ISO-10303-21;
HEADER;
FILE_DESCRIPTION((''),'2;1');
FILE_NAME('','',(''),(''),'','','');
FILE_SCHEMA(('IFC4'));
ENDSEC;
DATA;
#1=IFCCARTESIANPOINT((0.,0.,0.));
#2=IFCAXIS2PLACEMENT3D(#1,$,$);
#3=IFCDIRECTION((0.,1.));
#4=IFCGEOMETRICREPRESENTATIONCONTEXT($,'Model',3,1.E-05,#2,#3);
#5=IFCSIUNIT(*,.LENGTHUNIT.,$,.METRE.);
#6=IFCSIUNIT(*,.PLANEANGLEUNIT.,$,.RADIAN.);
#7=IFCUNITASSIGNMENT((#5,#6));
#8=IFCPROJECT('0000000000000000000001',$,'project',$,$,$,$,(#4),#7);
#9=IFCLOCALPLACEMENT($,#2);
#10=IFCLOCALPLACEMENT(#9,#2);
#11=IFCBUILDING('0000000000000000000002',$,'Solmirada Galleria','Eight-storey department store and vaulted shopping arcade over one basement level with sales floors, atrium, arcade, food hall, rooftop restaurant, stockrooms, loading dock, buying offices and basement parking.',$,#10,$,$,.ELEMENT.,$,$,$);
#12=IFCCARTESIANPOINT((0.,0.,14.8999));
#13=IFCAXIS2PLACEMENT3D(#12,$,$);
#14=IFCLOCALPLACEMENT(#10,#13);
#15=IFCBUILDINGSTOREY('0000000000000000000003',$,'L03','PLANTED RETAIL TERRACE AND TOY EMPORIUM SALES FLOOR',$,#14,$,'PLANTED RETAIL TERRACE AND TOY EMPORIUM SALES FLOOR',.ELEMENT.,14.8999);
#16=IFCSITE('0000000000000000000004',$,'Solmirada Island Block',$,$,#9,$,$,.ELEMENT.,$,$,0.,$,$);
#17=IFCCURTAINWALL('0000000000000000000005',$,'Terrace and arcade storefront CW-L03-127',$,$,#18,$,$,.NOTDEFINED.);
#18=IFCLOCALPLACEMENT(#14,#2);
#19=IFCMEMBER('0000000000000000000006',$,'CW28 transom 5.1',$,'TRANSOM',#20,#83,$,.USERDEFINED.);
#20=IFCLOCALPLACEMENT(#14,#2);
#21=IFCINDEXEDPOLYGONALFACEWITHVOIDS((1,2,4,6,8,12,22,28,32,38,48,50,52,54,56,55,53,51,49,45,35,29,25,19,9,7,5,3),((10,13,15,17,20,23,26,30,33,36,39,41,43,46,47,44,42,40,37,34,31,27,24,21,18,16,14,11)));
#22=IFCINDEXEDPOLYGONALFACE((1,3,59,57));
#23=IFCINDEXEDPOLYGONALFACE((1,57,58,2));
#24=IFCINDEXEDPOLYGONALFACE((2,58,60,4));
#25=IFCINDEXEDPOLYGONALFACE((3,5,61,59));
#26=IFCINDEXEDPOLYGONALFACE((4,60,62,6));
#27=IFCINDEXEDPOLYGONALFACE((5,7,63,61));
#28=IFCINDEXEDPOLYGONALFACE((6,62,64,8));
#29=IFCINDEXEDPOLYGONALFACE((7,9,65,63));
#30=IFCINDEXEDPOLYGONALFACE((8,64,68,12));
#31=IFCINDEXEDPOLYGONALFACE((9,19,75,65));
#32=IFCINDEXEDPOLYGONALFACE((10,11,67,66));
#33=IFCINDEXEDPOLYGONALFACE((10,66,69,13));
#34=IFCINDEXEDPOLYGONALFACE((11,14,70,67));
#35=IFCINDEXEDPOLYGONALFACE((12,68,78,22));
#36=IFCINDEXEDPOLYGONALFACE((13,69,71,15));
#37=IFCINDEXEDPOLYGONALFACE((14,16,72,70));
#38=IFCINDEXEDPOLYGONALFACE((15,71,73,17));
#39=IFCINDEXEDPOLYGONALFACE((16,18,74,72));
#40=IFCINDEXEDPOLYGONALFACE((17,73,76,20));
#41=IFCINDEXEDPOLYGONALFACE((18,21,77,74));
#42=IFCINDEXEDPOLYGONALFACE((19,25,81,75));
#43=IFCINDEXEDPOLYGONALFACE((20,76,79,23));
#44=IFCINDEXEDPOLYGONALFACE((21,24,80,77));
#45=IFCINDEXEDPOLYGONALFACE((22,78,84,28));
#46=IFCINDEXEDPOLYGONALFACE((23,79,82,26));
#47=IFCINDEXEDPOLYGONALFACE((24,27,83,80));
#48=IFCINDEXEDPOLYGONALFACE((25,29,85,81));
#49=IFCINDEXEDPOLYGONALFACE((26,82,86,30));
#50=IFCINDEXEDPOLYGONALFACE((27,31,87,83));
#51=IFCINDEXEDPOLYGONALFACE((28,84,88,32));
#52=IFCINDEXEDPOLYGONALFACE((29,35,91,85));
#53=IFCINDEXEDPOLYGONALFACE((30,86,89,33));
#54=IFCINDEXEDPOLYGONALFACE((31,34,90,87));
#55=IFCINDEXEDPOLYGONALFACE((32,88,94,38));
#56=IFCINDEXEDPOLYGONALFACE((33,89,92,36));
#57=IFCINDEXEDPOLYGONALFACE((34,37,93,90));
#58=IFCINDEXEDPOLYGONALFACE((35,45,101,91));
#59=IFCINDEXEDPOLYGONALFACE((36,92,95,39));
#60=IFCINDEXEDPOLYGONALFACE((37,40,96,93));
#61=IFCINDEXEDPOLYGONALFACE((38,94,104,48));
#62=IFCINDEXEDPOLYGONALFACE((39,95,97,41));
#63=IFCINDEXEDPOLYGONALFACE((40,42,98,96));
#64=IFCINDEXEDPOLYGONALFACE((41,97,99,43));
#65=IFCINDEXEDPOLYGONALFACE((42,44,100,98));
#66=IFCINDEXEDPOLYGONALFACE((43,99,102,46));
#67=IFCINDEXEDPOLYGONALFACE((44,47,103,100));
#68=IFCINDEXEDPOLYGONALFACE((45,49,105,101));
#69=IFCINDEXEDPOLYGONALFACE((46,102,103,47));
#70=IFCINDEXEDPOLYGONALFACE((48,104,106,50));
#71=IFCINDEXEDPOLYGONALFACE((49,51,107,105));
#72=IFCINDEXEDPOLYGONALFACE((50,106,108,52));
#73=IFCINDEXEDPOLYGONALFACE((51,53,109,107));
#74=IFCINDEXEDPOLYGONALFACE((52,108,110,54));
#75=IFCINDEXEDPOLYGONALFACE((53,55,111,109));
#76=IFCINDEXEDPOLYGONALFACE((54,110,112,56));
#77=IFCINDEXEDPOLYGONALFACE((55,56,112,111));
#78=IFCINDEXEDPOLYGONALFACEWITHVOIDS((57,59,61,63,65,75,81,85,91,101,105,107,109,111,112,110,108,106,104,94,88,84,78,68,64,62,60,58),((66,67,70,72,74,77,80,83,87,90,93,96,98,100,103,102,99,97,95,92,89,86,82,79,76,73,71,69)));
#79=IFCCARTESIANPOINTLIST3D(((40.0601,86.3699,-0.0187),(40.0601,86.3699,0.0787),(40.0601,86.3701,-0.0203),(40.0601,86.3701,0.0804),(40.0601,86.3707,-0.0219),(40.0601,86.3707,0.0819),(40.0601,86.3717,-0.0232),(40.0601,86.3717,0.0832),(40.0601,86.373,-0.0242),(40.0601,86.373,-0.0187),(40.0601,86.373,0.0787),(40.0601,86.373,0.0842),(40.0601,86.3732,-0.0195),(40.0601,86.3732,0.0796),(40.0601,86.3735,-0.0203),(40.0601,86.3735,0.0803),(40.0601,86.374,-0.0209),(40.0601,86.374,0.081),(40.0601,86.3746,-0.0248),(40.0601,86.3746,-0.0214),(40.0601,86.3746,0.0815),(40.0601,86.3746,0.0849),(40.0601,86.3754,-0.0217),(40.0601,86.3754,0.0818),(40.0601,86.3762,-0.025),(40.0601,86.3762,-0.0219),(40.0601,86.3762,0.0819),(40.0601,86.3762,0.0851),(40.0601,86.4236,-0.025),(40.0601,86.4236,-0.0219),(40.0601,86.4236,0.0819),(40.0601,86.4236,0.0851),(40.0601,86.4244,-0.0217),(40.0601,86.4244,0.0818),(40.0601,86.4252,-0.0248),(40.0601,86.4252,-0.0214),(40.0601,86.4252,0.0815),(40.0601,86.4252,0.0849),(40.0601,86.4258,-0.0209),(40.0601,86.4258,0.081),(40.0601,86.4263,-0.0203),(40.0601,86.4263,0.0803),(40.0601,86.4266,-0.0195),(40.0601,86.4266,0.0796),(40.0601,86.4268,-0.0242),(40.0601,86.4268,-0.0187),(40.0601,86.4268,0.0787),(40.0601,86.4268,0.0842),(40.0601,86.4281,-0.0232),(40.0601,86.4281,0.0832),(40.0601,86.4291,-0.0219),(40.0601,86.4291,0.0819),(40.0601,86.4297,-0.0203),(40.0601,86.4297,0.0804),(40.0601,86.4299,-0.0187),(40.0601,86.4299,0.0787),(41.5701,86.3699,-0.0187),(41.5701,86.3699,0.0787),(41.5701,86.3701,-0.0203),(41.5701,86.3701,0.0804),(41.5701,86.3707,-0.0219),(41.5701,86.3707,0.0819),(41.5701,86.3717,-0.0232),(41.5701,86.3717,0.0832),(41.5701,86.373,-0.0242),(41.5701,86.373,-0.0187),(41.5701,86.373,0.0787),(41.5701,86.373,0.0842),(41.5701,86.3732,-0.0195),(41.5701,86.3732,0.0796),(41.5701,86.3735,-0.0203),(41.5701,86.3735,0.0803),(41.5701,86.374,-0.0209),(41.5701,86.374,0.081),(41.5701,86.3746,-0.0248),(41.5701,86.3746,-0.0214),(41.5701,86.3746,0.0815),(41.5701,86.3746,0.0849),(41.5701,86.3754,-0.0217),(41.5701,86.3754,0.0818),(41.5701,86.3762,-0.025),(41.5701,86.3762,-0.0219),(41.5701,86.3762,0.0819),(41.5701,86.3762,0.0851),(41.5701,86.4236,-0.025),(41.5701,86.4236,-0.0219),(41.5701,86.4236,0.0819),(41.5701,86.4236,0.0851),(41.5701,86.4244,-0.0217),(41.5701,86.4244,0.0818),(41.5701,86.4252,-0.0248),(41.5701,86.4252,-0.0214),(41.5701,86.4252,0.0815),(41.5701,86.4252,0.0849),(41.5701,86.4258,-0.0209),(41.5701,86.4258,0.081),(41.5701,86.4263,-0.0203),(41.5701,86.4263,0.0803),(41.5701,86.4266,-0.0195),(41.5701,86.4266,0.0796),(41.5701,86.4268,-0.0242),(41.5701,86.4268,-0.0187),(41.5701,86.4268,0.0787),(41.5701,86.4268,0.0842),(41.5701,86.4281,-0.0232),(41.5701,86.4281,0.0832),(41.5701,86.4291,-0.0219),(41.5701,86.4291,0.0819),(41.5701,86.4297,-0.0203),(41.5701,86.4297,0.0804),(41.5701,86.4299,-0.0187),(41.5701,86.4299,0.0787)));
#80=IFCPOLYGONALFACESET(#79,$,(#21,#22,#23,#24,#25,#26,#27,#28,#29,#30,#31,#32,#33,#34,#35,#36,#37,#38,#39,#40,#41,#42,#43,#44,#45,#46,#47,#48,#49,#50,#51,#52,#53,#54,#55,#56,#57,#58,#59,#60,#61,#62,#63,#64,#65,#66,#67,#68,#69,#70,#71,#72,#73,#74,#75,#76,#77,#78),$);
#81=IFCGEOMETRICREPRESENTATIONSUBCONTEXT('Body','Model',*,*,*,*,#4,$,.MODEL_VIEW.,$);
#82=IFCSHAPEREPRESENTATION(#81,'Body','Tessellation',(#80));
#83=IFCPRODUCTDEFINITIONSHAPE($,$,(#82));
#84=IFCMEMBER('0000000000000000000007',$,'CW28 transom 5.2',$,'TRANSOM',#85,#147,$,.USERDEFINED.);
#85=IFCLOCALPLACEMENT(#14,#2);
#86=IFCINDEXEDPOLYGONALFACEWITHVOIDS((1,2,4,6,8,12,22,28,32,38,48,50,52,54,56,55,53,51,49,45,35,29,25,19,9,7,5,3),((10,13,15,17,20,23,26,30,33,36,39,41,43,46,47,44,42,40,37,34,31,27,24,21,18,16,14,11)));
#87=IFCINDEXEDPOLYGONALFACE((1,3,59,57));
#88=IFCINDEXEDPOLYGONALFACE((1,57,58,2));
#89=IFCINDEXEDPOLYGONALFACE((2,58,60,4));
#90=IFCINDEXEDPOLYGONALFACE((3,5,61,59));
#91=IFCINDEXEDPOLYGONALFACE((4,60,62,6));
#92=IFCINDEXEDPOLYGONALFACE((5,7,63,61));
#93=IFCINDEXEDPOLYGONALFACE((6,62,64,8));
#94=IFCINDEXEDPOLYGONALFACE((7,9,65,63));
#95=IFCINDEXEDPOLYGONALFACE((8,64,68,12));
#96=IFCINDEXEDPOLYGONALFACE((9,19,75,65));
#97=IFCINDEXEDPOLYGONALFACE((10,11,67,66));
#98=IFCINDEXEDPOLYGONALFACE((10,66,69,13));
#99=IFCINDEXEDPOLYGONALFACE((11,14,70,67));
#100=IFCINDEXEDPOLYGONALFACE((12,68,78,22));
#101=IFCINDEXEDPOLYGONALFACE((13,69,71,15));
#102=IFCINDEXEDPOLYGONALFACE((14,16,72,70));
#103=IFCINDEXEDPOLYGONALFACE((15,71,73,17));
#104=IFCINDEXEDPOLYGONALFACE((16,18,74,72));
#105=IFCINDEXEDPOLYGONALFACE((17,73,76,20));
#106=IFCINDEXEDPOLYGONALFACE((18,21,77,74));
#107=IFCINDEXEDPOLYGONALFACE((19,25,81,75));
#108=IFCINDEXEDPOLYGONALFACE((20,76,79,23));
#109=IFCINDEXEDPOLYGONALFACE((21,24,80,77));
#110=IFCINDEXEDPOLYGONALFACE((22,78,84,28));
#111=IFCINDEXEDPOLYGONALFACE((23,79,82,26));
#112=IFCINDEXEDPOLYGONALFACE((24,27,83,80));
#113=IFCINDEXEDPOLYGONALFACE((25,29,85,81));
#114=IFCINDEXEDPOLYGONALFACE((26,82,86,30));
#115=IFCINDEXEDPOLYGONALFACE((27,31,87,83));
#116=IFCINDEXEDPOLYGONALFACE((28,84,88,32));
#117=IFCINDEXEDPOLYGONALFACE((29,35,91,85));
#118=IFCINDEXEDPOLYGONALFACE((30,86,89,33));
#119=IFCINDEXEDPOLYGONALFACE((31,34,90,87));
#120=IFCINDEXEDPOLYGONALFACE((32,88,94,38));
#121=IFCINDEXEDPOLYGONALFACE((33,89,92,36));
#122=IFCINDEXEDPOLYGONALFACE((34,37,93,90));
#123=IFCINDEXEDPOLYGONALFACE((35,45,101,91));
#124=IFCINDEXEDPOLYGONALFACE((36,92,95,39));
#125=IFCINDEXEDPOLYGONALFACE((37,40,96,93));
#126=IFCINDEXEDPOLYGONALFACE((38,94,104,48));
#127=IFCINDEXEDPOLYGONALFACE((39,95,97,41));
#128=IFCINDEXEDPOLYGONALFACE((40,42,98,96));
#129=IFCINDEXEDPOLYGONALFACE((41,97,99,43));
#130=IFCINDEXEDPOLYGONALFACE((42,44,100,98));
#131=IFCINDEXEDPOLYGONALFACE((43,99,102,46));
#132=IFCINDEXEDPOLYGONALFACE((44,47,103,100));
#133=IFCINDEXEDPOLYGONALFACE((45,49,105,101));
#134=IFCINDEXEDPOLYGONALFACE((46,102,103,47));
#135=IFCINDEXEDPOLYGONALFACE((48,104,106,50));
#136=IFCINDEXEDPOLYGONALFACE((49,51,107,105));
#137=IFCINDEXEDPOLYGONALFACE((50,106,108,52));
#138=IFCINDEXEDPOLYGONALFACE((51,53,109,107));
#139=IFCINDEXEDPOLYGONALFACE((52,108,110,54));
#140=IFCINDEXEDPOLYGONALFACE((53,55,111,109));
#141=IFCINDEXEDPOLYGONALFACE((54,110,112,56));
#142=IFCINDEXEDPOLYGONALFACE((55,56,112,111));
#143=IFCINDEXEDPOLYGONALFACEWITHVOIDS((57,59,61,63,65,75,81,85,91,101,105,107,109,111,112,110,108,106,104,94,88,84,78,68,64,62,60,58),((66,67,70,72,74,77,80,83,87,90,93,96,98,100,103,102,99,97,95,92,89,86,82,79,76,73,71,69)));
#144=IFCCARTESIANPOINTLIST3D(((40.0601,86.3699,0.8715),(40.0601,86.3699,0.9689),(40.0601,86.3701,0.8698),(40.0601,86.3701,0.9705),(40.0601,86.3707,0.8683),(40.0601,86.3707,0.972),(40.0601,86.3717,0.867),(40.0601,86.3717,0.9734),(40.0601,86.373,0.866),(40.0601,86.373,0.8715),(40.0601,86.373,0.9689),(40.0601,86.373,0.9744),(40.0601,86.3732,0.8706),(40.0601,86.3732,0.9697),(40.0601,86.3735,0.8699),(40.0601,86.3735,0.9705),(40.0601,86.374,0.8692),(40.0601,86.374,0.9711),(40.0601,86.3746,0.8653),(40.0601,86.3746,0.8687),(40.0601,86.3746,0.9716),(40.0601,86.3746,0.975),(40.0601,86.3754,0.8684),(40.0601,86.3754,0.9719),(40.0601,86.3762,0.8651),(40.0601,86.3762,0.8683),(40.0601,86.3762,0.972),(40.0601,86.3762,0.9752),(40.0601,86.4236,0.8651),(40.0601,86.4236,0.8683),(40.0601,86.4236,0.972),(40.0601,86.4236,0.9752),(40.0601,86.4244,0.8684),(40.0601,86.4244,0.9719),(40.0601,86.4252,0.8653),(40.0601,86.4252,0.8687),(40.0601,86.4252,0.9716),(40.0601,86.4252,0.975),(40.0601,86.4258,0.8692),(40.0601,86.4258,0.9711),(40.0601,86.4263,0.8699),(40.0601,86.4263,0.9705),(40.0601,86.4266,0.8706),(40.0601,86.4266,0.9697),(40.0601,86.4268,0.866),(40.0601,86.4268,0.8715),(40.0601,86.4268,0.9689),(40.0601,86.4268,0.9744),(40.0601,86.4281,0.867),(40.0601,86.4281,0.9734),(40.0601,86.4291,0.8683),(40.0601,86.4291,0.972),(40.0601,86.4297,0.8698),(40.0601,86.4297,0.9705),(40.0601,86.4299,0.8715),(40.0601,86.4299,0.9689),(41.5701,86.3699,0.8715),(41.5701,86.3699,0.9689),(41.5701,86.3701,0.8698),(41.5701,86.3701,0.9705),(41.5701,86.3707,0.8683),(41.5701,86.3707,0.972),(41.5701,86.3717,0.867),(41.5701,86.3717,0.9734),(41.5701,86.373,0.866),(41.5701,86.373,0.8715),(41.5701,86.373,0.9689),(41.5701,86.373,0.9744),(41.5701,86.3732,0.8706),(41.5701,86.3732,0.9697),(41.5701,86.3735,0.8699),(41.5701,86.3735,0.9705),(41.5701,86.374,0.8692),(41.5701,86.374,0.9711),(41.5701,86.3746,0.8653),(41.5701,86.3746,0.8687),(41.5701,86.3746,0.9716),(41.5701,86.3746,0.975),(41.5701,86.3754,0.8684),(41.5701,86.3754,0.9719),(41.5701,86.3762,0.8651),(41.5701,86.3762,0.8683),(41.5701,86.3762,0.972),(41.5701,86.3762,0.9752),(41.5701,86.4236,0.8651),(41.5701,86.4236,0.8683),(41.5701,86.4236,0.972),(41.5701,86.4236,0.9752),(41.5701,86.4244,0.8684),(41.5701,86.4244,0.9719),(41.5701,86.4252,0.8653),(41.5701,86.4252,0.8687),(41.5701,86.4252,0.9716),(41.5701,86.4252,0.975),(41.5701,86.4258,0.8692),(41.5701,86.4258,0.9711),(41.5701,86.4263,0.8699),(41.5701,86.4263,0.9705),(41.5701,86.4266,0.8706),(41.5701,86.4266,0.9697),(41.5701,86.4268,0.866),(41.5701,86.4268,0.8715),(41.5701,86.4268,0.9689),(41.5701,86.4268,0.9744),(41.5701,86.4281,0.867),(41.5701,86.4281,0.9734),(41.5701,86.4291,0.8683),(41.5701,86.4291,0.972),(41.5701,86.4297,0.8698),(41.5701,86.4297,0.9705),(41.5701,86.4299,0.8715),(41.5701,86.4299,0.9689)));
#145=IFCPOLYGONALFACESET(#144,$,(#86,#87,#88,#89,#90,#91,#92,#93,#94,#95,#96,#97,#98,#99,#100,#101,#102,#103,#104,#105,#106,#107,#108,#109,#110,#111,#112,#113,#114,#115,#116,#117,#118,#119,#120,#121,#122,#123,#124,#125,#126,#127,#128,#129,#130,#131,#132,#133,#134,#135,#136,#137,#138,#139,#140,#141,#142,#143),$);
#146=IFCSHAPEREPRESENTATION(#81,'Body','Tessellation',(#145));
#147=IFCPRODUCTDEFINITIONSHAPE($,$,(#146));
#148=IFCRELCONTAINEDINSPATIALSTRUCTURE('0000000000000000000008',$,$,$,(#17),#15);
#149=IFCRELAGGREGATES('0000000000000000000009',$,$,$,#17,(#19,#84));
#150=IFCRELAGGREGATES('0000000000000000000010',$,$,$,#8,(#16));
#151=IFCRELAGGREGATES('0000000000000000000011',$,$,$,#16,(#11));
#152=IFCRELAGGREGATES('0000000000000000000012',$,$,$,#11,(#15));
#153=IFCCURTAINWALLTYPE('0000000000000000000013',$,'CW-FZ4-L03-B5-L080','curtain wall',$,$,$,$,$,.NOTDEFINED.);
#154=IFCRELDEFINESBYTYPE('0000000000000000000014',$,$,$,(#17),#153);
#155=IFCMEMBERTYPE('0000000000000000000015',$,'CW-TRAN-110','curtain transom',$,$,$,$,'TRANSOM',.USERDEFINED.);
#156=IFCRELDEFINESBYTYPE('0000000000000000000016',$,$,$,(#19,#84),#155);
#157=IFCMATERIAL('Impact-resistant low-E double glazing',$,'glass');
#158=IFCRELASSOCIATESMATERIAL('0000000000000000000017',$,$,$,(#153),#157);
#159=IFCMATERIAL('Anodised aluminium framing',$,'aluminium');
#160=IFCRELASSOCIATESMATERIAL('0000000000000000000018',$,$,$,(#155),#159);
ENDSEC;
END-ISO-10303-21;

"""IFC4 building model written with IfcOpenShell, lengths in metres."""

from ifc_helpers import new_model, si_unit, direction, frame, origin, origin_2d, place, context, subcontext, project, spatial, hollow_rectangle, extrude, material, material_profile, profile_set, type_object, element, aggregate, save


model = new_model("IFC4")

# Units and contexts
model_context = context("Model", 3, precision=1e-05, world=origin(), true_north=direction((0.0, 1.0)))
body_context = subcontext(model_context, "Body", "Model", "MODEL_VIEW")
ifc_project = project(units=[si_unit("LENGTHUNIT", "METRE"), si_unit("PLANEANGLEUNIT", "RADIAN")], contexts=[model_context])

# Site, building, storey
site_placement = place(None, origin())
site = spatial("IfcSite", under=ifc_project, at=site_placement, Name="Solmirada Island Block", CompositionType="ELEMENT", RefElevation=0.0)
building_placement = place(site_placement, origin())
building = spatial("IfcBuilding", under=site, at=building_placement, Name="Solmirada Galleria", Description="Eight-storey department store and vaulted shopping arcade over one basement level with sales floors, atrium, arcade, food hall, rooftop restaurant, stockrooms, loading dock, buying offices and basement parking.", CompositionType="ELEMENT")
storey_placement = place(building_placement, frame((0.0, 0.0, 14.8999)))
storey = spatial("IfcBuildingStorey", under=building, at=storey_placement, Name="L03", Description="PLANTED RETAIL TERRACE AND TOY EMPORIUM SALES FLOOR", LongName="PLANTED RETAIL TERRACE AND TOY EMPORIUM SALES FLOOR", CompositionType="ELEMENT", Elevation=14.8999)

# Shared definitions
ifc_material_1 = material(Name="Impact-resistant low-E double glazing", Category="glass")
ifc_material_2 = material(Name="Anodised aluminium framing", Category="aluminium")

# Curtain wall
curtain_wall_type_1 = type_object("IfcCurtainWallType", Name="CW-FZ4-L03-B5-L080", Description="curtain wall", PredefinedType="NOTDEFINED", material=ifc_material_1)
curtain_wall_1_placement = place(storey_placement, origin())
curtain_wall_1 = element("IfcCurtainWall", 1, at=curtain_wall_1_placement, inside=storey, type_object=curtain_wall_type_1, Name="Terrace and arcade storefront CW-L03-127", PredefinedType="NOTDEFINED")

# Members
ifc_material_profile_1 = material_profile(ifc_material_2, hollow_rectangle(XDim=0.0601, YDim=0.1101, WallThickness=0.0032, InnerFilletRadius=0.0032, OuterFilletRadius=0.0063, at=origin_2d()), Name="ALU-TRAN-110X60")
ifc_profile_set_1 = profile_set([ifc_material_profile_1], Name="Anodised aluminium framing")
member_type_1 = type_object("IfcMemberType", Name="CW-TRAN-110", Description="curtain transom", ElementType="TRANSOM", PredefinedType="USERDEFINED", material=ifc_profile_set_1)
member_1_placement = place(storey_placement, frame((41.5701, 86.3999, 0.03), z_axis=(-1.0, 0.0, 0.0), x_axis=(0.0, -1.0, 0.0)))
member_1 = element("IfcMember", 2, at=member_1_placement, type_object=member_type_1, Name="CW28 transom 5.1", ObjectType="TRANSOM", PredefinedType="USERDEFINED", context=body_context, shape_type="SweptSolid", body=[
    extrude(hollow_rectangle(XDim=0.0601, YDim=0.1101, WallThickness=0.0032, InnerFilletRadius=0.0032, OuterFilletRadius=0.0063, at=origin_2d()), origin(), (0.0, 0.0, 1.0), 1.51),
])
member_2_placement = place(storey_placement, frame((41.5701, 86.3999, 0.9202), z_axis=(-1.0, 0.0, 0.0), x_axis=(0.0, -1.0, 0.0)))
member_2 = element("IfcMember", 3, at=member_2_placement, type_object=member_type_1, Name="CW28 transom 5.2", ObjectType="TRANSOM", PredefinedType="USERDEFINED", context=body_context, shape_type="SweptSolid", body=[
    extrude(hollow_rectangle(XDim=0.0601, YDim=0.1101, WallThickness=0.0032, InnerFilletRadius=0.0032, OuterFilletRadius=0.0063, at=origin_2d()), origin(), (0.0, 0.0, 1.0), 1.51),
])

aggregate(curtain_wall_1, [member_1, member_2])

save(model, "model.ifc")
